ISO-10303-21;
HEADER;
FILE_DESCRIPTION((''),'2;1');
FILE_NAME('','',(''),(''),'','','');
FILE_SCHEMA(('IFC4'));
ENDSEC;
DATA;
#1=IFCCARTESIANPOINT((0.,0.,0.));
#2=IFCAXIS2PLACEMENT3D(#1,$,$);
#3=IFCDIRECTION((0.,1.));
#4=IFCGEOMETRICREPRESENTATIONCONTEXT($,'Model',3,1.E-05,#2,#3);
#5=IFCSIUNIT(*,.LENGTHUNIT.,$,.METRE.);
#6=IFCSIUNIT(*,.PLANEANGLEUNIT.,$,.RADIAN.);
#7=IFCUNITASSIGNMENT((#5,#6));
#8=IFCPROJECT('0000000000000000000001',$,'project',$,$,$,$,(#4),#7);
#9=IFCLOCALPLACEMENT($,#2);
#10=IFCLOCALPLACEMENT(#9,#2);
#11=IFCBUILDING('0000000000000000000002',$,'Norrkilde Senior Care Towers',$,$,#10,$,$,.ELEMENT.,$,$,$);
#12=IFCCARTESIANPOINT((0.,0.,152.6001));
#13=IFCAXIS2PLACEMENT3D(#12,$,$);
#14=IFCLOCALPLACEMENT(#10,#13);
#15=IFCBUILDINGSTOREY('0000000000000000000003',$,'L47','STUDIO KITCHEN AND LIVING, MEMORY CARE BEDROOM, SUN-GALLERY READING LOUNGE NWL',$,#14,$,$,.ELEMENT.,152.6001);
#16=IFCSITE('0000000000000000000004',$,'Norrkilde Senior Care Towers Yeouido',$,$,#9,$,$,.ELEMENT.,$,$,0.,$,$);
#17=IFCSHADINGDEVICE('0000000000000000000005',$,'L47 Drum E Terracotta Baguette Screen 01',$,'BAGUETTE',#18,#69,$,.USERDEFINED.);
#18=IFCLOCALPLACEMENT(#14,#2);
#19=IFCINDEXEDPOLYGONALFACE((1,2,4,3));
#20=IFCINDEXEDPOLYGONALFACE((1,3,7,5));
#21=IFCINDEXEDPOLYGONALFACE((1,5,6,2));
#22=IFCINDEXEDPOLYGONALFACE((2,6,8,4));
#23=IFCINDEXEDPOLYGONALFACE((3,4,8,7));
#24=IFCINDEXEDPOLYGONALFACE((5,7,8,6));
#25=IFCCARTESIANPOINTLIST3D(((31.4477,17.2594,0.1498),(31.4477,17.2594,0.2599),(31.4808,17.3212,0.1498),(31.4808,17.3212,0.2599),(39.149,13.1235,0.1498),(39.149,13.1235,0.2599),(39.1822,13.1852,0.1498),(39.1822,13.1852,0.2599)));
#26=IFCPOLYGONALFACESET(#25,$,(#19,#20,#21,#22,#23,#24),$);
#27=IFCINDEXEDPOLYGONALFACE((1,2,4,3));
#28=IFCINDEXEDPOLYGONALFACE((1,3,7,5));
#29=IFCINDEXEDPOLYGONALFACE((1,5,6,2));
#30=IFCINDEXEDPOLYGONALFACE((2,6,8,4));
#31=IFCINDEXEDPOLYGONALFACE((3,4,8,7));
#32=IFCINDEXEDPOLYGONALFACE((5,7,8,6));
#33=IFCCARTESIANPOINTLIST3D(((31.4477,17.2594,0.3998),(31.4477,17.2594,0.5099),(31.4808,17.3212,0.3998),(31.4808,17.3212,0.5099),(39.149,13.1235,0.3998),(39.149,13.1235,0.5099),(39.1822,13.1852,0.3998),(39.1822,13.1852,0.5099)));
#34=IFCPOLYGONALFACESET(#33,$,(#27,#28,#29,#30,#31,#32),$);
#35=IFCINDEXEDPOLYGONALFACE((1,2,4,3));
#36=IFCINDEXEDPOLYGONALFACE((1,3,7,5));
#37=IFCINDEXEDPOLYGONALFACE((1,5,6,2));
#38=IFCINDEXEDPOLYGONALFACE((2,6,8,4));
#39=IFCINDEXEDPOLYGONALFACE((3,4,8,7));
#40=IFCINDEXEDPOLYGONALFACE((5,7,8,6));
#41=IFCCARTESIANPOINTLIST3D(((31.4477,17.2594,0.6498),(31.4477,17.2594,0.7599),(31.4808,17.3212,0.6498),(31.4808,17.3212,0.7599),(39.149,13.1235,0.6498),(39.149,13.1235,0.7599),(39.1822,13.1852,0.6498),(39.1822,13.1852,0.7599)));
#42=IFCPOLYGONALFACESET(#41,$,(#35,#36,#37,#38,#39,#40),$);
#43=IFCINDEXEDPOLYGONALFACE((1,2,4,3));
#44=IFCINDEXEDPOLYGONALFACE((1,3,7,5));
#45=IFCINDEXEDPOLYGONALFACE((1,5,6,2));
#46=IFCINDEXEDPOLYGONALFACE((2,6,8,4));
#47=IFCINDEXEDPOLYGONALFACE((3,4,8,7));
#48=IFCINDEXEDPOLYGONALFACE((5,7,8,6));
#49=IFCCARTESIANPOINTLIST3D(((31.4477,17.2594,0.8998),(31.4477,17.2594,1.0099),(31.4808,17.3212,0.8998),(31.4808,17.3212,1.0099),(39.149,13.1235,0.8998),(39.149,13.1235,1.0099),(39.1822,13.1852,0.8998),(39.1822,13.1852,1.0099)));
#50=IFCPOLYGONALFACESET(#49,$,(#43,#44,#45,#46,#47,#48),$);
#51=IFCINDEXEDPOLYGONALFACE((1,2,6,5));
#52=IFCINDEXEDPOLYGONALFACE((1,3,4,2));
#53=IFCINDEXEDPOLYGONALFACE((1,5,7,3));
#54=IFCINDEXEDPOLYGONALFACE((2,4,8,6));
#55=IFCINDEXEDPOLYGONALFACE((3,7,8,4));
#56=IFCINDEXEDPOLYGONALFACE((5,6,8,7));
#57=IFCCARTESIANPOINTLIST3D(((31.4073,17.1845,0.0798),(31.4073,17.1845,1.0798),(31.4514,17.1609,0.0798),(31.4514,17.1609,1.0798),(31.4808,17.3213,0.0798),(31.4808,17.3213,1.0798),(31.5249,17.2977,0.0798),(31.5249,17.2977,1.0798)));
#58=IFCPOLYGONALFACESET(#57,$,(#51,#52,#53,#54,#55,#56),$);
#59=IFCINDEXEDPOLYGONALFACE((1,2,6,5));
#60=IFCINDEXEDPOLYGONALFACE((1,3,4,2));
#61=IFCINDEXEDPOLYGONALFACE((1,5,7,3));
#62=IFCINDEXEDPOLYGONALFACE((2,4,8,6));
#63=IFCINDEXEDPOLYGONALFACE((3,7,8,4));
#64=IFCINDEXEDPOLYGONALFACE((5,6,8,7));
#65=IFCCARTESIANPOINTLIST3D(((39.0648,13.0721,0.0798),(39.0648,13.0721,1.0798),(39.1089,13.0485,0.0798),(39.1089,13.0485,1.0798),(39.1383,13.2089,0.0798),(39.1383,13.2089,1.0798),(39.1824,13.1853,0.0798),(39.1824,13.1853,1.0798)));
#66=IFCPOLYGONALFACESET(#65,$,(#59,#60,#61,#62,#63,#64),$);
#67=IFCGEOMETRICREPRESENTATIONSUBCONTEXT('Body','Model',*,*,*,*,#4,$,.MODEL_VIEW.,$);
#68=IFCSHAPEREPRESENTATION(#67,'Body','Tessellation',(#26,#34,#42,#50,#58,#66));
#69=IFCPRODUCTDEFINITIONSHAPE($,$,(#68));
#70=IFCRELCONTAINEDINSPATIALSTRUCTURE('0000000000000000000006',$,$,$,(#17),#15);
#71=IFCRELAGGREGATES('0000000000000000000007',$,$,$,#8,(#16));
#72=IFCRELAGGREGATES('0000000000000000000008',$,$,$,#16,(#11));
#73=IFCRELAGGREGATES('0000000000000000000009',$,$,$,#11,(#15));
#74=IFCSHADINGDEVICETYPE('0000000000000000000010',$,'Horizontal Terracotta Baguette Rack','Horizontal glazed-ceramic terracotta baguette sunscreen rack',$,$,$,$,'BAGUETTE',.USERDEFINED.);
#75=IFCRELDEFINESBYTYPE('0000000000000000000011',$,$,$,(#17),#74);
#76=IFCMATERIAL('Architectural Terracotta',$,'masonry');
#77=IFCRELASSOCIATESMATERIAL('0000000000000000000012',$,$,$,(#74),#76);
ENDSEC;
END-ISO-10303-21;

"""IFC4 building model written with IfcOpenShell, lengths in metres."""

from ifc_helpers import new_model, si_unit, direction, frame, origin, origin_2d, place, context, subcontext, project, spatial, rectangle, extrude, source, transform, mapped, material, type_object, type_shapes, element, save


model = new_model("IFC4")

# Units and contexts
model_context = context("Model", 3, precision=1e-05, world=origin(), true_north=direction((0.0, 1.0)))
body_context = subcontext(model_context, "Body", "Model", "MODEL_VIEW")
ifc_project = project(units=[si_unit("LENGTHUNIT", "METRE"), si_unit("PLANEANGLEUNIT", "RADIAN")], contexts=[model_context])

# Site, building, storey
site_placement = place(None, origin())
site = spatial("IfcSite", under=ifc_project, at=site_placement, Name="Norrkilde Senior Care Towers Yeouido", CompositionType="ELEMENT", RefElevation=0.0)
building_placement = place(site_placement, origin())
building = spatial("IfcBuilding", under=site, at=building_placement, Name="Norrkilde Senior Care Towers", CompositionType="ELEMENT")
storey_placement = place(building_placement, frame((0.0, 0.0, 152.6001)))
storey = spatial("IfcBuildingStorey", under=building, at=storey_placement, Name="L47", Description="STUDIO KITCHEN AND LIVING, MEMORY CARE BEDROOM, SUN-GALLERY READING LOUNGE NWL", CompositionType="ELEMENT", Elevation=152.6001)

# Shading device
ifc_material_1 = material(Name="Architectural Terracotta", Category="masonry")
shading_device_type = type_object("IfcShadingDeviceType", Name="Horizontal Terracotta Baguette Rack", Description="Horizontal glazed-ceramic terracotta baguette sunscreen rack", ElementType="BAGUETTE", PredefinedType="USERDEFINED", material=ifc_material_1)
shared_shape_1 = source(origin(), body_context, "Body", "SweptSolid", [
    extrude(rectangle(XDim=0.0701, YDim=0.1101, at=origin_2d()), frame((0.0, 0.0901, 0.125), z_axis=(1.0, 0.0, 0.0), x_axis=(0.0, 1.0, 0.0)), (0.0, 0.0, 1.0), 8.7417),
    extrude(rectangle(XDim=0.0701, YDim=0.1101, at=origin_2d()), frame((0.0, 0.0901, 0.375), z_axis=(1.0, 0.0, 0.0), x_axis=(0.0, 1.0, 0.0)), (0.0, 0.0, 1.0), 8.7417),
    extrude(rectangle(XDim=0.0701, YDim=0.1101, at=origin_2d()), frame((0.0, 0.0901, 0.625), z_axis=(1.0, 0.0, 0.0), x_axis=(0.0, 1.0, 0.0)), (0.0, 0.0, 1.0), 8.7417),
    extrude(rectangle(XDim=0.0701, YDim=0.1101, at=origin_2d()), frame((0.0, 0.0901, 0.875), z_axis=(1.0, 0.0, 0.0), x_axis=(0.0, 1.0, 0.0)), (0.0, 0.0, 1.0), 8.7417),
    extrude(rectangle(XDim=0.05, YDim=0.1553, at=origin_2d()), frame((0.0249, 0.0476, 0.0)), (0.0, 0.0, 1.0), 1.0),
    extrude(rectangle(XDim=0.05, YDim=0.1553, at=origin_2d()), frame((8.7168, 0.0476, 0.0)), (0.0, 0.0, 1.0), 1.0),
])
type_shapes(shading_device_type, [shared_shape_1])
shading_device_placement = place(storey_placement, frame((31.4216, 17.2109, 0.0798), z_axis=(0.0, 0.0, 1.0), x_axis=(0.880998, -0.473133, 0.0)))
element("IfcShadingDevice", 1, at=shading_device_placement, inside=storey, type_object=shading_device_type, Name="L47 Drum E Terracotta Baguette Screen 01", ObjectType="BAGUETTE", PredefinedType="USERDEFINED", context=body_context, shape_type="MappedRepresentation", body=[
    mapped(shared_shape_1, transform((0.0, 0.0, 0.0), x_axis=(1.0, 0.0, 0.0), y_axis=(0.0, 1.0, 0.0), z_axis=(0.0, 0.0, 1.0), scale=1.0)),
])

save(model, "model.ifc")
